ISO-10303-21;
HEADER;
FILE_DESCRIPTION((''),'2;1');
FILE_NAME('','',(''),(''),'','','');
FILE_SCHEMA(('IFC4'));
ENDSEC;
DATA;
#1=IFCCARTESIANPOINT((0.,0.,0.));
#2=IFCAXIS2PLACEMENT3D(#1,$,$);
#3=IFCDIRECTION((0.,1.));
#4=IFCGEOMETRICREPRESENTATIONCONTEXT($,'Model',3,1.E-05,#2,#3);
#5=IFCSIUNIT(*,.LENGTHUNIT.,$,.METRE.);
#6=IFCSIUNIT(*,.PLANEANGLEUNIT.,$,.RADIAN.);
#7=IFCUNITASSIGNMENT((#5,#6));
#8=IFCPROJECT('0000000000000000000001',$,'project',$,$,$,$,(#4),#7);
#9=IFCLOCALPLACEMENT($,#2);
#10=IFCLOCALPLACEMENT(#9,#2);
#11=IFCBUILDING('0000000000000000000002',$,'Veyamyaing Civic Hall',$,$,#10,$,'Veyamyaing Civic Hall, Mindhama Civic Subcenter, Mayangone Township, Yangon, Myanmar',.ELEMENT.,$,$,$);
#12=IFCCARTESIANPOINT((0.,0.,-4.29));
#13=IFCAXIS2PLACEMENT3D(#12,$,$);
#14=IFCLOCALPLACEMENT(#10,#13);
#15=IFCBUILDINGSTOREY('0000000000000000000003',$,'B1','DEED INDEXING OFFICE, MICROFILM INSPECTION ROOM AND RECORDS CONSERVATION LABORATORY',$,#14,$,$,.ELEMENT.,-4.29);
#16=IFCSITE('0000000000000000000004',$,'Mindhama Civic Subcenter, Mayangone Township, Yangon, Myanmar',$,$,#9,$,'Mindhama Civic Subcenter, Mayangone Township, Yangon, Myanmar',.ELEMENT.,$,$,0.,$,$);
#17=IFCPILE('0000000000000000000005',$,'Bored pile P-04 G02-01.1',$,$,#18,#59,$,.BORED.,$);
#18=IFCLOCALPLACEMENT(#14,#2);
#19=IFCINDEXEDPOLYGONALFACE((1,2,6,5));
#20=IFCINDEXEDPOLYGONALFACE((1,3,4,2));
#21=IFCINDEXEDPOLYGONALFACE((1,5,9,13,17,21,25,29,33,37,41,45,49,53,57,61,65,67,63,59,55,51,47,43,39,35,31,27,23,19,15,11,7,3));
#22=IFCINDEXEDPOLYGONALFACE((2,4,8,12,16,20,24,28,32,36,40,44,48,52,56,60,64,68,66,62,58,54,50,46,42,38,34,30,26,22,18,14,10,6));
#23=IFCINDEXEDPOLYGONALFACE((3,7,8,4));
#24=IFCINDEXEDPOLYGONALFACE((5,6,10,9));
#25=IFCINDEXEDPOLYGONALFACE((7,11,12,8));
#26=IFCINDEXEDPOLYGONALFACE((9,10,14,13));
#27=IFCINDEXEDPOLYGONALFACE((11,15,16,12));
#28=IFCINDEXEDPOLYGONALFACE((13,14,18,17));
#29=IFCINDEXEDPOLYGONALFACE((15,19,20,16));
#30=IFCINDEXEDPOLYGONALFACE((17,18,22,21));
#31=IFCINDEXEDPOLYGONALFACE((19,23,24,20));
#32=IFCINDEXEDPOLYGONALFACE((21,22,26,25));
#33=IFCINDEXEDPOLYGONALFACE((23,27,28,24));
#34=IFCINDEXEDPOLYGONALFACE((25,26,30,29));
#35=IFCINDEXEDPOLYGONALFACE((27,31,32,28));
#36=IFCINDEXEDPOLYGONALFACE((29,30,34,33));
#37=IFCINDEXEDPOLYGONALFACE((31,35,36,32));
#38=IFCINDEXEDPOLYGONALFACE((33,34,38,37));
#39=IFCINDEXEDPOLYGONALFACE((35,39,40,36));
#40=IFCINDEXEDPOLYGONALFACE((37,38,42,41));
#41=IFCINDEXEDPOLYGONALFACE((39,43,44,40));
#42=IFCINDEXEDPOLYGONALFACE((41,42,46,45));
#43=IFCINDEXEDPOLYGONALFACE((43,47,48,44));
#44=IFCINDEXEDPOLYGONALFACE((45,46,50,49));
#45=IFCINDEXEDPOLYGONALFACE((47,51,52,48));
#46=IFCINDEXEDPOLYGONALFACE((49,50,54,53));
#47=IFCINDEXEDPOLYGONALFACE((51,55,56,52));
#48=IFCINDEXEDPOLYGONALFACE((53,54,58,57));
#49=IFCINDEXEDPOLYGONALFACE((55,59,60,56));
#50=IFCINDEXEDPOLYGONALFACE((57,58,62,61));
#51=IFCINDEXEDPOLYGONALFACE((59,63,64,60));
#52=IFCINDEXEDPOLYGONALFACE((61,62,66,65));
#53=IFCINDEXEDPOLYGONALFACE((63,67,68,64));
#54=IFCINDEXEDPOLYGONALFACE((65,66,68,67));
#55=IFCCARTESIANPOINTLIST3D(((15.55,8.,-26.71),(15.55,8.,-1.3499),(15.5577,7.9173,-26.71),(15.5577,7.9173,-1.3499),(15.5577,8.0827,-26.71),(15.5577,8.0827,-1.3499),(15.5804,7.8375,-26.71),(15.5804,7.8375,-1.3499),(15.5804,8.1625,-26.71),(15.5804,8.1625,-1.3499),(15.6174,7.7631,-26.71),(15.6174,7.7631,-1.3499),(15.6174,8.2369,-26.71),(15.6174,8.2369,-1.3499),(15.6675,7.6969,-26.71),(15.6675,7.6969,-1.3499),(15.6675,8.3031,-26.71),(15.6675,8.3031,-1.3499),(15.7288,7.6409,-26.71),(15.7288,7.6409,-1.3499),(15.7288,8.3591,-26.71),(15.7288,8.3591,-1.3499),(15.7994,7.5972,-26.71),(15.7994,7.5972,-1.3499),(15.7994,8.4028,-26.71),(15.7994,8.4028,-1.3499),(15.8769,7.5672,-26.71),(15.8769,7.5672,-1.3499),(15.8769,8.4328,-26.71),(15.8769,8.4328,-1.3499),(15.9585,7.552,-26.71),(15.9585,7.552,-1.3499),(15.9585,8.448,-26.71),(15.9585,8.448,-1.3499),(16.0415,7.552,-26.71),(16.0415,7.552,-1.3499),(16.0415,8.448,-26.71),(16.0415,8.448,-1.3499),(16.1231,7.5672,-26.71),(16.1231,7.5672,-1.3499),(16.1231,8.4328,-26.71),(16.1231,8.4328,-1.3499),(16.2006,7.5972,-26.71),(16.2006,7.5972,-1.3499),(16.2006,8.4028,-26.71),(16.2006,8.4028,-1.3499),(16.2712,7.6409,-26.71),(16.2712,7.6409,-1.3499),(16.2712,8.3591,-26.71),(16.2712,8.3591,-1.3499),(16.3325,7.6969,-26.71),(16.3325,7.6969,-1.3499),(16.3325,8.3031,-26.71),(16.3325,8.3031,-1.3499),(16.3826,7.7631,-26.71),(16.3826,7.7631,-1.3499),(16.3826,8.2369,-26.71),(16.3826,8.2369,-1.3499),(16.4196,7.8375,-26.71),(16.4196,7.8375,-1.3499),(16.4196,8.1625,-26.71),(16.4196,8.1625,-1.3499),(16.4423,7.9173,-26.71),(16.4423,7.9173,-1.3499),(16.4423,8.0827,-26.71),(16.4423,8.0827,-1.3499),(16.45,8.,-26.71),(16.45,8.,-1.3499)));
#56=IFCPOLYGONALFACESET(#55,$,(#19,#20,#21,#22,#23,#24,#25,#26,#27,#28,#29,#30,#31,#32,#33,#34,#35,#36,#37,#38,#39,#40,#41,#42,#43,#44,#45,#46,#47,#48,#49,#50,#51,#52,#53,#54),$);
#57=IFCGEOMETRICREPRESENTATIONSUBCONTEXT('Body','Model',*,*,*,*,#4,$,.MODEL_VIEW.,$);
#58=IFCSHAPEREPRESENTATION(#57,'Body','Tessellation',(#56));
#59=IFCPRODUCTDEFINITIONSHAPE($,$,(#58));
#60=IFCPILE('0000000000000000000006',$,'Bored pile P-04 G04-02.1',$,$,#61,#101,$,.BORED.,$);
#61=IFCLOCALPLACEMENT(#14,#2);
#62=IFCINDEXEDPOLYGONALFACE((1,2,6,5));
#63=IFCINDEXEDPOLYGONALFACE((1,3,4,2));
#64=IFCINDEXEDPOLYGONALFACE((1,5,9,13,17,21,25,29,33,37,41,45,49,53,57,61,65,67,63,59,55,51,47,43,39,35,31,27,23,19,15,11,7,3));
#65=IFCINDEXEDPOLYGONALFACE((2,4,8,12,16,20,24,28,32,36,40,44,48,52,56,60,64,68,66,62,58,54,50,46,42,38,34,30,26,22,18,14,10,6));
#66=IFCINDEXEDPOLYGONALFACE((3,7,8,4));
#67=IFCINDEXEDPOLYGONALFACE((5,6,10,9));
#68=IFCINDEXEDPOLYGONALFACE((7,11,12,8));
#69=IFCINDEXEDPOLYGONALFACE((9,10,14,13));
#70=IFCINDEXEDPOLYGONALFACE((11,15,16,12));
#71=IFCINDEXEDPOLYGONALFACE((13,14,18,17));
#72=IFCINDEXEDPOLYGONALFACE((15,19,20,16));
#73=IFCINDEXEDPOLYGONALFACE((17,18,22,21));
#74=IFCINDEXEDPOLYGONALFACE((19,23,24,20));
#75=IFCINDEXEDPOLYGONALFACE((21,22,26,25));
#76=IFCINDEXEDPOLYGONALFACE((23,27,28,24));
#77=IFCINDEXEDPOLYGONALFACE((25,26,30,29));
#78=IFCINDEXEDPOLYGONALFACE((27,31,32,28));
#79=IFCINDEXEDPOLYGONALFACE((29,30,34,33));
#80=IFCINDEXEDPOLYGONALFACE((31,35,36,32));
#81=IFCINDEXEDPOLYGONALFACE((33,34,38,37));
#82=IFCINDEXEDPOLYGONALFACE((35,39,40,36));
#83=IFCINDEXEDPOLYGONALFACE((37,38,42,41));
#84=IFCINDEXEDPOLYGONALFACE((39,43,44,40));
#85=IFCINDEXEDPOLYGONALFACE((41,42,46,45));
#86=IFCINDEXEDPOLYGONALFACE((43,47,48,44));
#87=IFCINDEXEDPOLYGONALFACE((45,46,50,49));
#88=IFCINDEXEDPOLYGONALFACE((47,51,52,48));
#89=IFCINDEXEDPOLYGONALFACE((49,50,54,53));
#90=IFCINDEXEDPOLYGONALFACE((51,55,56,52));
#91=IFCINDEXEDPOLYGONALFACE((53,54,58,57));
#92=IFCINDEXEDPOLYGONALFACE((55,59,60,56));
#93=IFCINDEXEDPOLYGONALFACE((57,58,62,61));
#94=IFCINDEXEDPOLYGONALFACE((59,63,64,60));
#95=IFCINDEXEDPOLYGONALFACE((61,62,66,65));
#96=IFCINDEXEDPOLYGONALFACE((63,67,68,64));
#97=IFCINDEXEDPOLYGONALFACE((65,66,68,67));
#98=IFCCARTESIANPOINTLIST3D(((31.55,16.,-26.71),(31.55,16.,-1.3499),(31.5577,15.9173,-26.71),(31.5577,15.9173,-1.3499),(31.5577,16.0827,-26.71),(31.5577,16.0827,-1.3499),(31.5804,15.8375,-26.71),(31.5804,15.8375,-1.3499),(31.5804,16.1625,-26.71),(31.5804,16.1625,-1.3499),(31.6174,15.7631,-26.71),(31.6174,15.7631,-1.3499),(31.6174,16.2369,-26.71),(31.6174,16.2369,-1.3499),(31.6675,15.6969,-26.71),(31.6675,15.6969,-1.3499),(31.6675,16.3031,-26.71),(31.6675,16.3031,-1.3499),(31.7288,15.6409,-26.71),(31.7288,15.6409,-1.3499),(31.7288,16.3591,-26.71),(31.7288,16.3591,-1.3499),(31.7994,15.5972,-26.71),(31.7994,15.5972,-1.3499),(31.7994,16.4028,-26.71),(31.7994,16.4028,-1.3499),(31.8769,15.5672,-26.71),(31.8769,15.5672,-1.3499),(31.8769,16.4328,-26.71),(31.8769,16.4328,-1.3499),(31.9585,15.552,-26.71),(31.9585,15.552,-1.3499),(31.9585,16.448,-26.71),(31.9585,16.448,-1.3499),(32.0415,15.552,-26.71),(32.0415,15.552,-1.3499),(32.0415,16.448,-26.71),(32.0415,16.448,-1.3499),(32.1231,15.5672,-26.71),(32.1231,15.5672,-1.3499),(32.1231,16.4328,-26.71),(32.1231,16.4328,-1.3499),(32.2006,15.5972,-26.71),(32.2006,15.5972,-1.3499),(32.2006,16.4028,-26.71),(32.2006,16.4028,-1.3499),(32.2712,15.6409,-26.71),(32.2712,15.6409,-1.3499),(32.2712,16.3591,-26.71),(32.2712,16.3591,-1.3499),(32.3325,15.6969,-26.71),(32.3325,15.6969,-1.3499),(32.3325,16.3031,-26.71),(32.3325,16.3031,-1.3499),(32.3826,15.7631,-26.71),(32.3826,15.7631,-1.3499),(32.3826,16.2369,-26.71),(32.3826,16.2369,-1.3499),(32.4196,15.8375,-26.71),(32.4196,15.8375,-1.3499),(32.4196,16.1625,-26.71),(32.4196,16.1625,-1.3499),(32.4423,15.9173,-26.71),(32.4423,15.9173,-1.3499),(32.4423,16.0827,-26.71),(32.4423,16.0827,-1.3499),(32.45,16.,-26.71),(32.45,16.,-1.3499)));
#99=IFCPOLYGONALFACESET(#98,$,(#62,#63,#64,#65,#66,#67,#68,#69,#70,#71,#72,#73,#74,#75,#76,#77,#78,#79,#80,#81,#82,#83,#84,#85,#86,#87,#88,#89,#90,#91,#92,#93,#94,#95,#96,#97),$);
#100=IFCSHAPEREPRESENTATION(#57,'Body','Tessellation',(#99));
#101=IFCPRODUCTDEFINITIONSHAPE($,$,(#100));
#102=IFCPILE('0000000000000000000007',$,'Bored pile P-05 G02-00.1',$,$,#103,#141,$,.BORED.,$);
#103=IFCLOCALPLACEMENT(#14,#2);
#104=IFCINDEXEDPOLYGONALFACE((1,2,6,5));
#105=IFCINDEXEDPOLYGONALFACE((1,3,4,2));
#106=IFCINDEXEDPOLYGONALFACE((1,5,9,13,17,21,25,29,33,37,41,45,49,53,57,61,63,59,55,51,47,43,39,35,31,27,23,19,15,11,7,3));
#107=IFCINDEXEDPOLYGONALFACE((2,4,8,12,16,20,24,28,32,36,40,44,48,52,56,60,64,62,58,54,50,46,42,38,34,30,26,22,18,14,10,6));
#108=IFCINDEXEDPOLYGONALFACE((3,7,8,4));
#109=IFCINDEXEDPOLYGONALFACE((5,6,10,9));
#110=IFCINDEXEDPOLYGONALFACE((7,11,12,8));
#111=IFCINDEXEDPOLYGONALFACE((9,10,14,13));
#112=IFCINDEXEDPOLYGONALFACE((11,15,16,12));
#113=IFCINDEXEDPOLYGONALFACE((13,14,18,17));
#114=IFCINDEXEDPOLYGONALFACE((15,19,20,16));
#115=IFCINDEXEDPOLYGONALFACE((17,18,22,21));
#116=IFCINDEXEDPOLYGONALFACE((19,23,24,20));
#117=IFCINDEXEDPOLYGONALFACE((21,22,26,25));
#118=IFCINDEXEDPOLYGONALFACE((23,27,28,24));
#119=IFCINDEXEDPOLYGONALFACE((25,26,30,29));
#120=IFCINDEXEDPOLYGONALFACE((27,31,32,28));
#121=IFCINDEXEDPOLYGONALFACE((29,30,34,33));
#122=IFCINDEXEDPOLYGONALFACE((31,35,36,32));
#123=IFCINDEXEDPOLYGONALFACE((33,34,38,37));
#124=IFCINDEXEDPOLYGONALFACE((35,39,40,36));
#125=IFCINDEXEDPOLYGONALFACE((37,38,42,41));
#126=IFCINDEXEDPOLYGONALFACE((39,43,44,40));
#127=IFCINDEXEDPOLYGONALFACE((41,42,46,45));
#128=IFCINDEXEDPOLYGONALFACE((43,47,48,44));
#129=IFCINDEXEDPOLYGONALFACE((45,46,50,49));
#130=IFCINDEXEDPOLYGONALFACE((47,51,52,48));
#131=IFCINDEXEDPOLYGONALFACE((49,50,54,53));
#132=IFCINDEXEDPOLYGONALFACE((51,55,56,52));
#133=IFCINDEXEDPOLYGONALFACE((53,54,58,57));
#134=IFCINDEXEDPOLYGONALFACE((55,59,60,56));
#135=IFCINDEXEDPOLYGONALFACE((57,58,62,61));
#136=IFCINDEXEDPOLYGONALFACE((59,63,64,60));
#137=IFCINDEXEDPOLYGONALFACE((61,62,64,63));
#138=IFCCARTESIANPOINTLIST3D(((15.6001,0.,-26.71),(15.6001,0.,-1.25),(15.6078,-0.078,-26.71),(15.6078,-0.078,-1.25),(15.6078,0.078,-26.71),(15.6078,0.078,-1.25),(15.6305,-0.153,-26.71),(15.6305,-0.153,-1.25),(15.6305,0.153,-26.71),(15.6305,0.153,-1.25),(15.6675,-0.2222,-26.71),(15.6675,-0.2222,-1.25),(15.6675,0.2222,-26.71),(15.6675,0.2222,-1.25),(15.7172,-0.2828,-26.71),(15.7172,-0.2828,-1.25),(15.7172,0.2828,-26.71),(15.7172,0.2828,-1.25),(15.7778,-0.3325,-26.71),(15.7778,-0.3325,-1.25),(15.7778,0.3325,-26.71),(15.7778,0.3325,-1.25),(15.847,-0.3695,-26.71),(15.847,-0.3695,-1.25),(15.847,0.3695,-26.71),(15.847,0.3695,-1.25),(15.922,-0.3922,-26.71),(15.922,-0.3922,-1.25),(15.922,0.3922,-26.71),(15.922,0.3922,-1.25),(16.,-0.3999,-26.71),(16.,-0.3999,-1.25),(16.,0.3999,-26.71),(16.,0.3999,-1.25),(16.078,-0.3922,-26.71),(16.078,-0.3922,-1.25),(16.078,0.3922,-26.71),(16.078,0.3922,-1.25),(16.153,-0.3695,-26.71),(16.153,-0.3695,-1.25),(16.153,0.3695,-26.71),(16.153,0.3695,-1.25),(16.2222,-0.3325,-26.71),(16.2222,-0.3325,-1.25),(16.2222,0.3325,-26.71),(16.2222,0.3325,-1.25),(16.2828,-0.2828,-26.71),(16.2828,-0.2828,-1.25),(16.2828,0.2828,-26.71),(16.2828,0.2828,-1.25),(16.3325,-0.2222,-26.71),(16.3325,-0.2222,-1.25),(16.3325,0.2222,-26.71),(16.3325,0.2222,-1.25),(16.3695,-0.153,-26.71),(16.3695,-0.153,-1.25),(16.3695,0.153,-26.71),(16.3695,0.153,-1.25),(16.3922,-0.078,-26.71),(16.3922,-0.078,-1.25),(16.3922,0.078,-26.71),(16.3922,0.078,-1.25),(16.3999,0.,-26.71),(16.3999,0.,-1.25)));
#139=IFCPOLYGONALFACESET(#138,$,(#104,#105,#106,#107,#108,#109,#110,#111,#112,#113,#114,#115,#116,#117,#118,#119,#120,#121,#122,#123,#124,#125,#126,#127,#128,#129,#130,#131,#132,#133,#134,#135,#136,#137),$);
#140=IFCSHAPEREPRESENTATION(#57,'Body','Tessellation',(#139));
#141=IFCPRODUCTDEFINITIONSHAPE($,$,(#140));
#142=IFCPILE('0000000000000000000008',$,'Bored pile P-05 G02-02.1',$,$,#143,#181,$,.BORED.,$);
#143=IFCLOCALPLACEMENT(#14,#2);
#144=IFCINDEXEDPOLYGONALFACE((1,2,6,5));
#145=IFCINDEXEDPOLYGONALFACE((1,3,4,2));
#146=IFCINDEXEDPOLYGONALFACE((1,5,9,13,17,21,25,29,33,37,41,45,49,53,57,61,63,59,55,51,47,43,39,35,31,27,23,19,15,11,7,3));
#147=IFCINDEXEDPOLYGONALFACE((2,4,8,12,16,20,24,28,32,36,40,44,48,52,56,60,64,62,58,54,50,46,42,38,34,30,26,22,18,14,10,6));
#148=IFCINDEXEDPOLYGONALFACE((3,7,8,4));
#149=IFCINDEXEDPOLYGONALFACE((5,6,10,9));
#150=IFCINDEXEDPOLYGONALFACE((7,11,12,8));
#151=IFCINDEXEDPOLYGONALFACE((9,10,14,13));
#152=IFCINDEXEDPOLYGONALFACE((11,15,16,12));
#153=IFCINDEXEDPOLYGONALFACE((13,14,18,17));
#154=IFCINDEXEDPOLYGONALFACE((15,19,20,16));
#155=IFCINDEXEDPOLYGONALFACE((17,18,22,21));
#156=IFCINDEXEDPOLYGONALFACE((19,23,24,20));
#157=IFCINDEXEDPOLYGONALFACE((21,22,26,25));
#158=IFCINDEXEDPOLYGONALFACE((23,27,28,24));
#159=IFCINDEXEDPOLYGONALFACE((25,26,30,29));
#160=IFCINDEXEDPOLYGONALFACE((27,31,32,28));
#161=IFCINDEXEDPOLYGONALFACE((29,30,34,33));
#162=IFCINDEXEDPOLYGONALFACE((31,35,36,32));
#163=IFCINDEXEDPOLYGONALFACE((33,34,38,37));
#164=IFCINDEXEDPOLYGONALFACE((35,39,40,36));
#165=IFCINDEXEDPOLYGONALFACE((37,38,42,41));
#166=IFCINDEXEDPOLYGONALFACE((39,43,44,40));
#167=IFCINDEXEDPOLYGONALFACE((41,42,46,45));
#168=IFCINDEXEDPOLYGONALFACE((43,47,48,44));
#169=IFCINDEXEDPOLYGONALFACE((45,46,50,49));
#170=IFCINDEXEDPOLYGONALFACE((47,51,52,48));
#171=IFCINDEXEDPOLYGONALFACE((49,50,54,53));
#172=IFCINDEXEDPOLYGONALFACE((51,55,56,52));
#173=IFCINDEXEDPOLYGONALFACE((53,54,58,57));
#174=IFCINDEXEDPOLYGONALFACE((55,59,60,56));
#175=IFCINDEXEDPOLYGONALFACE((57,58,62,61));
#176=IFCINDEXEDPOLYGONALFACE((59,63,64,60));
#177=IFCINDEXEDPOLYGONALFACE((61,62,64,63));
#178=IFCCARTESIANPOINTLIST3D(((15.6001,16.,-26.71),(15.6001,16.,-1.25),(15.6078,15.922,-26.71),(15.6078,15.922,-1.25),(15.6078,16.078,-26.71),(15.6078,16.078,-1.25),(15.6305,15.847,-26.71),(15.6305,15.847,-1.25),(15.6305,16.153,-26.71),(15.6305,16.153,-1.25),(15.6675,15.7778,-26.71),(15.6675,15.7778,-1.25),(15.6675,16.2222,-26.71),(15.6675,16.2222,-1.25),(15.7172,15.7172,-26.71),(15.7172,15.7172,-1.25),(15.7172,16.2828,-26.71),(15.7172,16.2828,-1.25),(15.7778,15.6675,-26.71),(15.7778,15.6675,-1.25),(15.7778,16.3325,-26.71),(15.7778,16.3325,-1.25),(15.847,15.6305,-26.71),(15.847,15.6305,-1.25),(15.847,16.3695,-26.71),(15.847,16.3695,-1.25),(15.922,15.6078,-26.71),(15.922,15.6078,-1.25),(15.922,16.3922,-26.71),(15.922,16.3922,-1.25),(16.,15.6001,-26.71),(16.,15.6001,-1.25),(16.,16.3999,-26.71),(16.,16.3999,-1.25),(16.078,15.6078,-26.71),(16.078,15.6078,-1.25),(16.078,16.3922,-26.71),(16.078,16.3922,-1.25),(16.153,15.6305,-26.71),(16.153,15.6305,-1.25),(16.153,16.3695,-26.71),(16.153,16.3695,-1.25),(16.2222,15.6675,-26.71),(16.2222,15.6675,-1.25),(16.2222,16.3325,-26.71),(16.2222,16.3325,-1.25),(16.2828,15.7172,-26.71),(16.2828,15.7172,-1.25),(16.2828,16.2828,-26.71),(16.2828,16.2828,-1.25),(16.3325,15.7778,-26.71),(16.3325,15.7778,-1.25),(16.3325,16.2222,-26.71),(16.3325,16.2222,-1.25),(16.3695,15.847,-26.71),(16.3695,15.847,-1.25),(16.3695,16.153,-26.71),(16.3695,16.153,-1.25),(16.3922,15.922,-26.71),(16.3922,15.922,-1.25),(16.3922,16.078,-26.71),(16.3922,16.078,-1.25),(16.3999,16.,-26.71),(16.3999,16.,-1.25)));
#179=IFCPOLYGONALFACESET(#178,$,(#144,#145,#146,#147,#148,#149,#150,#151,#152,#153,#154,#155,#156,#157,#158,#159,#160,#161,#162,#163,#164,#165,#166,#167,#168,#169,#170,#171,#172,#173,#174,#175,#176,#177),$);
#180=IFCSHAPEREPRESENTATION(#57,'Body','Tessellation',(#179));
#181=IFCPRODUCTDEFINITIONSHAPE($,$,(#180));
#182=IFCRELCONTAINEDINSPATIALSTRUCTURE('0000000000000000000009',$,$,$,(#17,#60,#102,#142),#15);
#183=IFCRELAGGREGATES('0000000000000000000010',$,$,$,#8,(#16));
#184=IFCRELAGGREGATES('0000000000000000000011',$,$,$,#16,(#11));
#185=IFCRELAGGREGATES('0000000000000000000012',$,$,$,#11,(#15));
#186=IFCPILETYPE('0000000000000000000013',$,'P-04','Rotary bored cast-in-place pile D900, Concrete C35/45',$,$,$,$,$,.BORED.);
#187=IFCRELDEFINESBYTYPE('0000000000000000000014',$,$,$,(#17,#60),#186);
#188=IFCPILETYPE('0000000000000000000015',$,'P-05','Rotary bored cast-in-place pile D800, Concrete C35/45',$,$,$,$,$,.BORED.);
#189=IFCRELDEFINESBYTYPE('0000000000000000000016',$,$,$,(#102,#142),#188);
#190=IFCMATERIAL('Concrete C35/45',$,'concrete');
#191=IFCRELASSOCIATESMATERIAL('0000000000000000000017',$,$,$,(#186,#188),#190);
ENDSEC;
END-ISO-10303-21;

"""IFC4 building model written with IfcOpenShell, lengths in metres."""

from ifc_helpers import new_model, si_unit, direction, frame, origin, origin_2d, place, context, subcontext, project, spatial, circle, extrude, material, material_profile, profile_set, type_object, element, save


model = new_model("IFC4")

# Units and contexts
model_context = context("Model", 3, precision=1e-05, world=origin(), true_north=direction((0.0, 1.0)))
body_context = subcontext(model_context, "Body", "Model", "MODEL_VIEW")
ifc_project = project(units=[si_unit("LENGTHUNIT", "METRE"), si_unit("PLANEANGLEUNIT", "RADIAN")], contexts=[model_context])

# Site, building, storey
site_placement = place(None, origin())
site = spatial("IfcSite", under=ifc_project, at=site_placement, Name="Mindhama Civic Subcenter, Mayangone Township, Yangon, Myanmar", LongName="Mindhama Civic Subcenter, Mayangone Township, Yangon, Myanmar", CompositionType="ELEMENT", RefElevation=0.0)
building_placement = place(site_placement, origin())
building = spatial("IfcBuilding", under=site, at=building_placement, Name="Veyamyaing Civic Hall", LongName="Veyamyaing Civic Hall, Mindhama Civic Subcenter, Mayangone Township, Yangon, Myanmar", CompositionType="ELEMENT")
storey_placement = place(building_placement, frame((0.0, 0.0, -4.29)))
storey = spatial("IfcBuildingStorey", under=building, at=storey_placement, Name="B1", Description="DEED INDEXING OFFICE, MICROFILM INSPECTION ROOM AND RECORDS CONSERVATION LABORATORY", CompositionType="ELEMENT", Elevation=-4.29)

# Piles
ifc_material_1 = material(Name="Concrete C35/45", Category="concrete")
ifc_material_profile_1 = material_profile(ifc_material_1, circle(Radius=0.45, at=origin_2d()), Name="PILE-D900")
ifc_profile_set_1 = profile_set([ifc_material_profile_1], Name="Concrete C35/45")
pile_type_1 = type_object("IfcPileType", Name="P-04", Description="Rotary bored cast-in-place pile D900, Concrete C35/45", PredefinedType="BORED", material=ifc_profile_set_1)
for number, where, z_axis, x_axis, name in (
    (1, (16.0, 8.0, -1.3499), (0.0, 0.0, -1.0), (1.0, 0.0, 0.0), "Bored pile P-04 G02-01.1"),
    (2, (32.0, 16.0, -1.3499), (0.0, 0.0, -1.0), (1.0, 0.0, 0.0), "Bored pile P-04 G04-02.1"),
):
    element("IfcPile", number, at=place(storey_placement, frame(where, z_axis=z_axis, x_axis=x_axis)), inside=storey, type_object=pile_type_1, Name=name, PredefinedType="BORED", context=body_context, shape_type="SweptSolid", body=[
        extrude(circle(Radius=0.45, at=origin_2d()), origin(), (0.0, 0.0, 1.0), 25.3601),
    ])
ifc_material_profile_2 = material_profile(ifc_material_1, circle(Radius=0.3999, at=origin_2d()), Name="PILE-D800")
ifc_profile_set_2 = profile_set([ifc_material_profile_2], Name="Concrete C35/45")
pile_type_2 = type_object("IfcPileType", Name="P-05", Description="Rotary bored cast-in-place pile D800, Concrete C35/45", PredefinedType="BORED", material=ifc_profile_set_2)
for number, where, z_axis, x_axis, name in (
    (3, (16.0, 0.0, -1.25), (0.0, 0.0, -1.0), (1.0, 0.0, 0.0), "Bored pile P-05 G02-00.1"),
    (4, (16.0, 16.0, -1.25), (0.0, 0.0, -1.0), (1.0, 0.0, 0.0), "Bored pile P-05 G02-02.1"),
):
    element("IfcPile", number, at=place(storey_placement, frame(where, z_axis=z_axis, x_axis=x_axis)), inside=storey, type_object=pile_type_2, Name=name, PredefinedType="BORED", context=body_context, shape_type="SweptSolid", body=[
        extrude(circle(Radius=0.3999, at=origin_2d()), origin(), (0.0, 0.0, 1.0), 25.46),
    ])

save(model, "model.ifc")
